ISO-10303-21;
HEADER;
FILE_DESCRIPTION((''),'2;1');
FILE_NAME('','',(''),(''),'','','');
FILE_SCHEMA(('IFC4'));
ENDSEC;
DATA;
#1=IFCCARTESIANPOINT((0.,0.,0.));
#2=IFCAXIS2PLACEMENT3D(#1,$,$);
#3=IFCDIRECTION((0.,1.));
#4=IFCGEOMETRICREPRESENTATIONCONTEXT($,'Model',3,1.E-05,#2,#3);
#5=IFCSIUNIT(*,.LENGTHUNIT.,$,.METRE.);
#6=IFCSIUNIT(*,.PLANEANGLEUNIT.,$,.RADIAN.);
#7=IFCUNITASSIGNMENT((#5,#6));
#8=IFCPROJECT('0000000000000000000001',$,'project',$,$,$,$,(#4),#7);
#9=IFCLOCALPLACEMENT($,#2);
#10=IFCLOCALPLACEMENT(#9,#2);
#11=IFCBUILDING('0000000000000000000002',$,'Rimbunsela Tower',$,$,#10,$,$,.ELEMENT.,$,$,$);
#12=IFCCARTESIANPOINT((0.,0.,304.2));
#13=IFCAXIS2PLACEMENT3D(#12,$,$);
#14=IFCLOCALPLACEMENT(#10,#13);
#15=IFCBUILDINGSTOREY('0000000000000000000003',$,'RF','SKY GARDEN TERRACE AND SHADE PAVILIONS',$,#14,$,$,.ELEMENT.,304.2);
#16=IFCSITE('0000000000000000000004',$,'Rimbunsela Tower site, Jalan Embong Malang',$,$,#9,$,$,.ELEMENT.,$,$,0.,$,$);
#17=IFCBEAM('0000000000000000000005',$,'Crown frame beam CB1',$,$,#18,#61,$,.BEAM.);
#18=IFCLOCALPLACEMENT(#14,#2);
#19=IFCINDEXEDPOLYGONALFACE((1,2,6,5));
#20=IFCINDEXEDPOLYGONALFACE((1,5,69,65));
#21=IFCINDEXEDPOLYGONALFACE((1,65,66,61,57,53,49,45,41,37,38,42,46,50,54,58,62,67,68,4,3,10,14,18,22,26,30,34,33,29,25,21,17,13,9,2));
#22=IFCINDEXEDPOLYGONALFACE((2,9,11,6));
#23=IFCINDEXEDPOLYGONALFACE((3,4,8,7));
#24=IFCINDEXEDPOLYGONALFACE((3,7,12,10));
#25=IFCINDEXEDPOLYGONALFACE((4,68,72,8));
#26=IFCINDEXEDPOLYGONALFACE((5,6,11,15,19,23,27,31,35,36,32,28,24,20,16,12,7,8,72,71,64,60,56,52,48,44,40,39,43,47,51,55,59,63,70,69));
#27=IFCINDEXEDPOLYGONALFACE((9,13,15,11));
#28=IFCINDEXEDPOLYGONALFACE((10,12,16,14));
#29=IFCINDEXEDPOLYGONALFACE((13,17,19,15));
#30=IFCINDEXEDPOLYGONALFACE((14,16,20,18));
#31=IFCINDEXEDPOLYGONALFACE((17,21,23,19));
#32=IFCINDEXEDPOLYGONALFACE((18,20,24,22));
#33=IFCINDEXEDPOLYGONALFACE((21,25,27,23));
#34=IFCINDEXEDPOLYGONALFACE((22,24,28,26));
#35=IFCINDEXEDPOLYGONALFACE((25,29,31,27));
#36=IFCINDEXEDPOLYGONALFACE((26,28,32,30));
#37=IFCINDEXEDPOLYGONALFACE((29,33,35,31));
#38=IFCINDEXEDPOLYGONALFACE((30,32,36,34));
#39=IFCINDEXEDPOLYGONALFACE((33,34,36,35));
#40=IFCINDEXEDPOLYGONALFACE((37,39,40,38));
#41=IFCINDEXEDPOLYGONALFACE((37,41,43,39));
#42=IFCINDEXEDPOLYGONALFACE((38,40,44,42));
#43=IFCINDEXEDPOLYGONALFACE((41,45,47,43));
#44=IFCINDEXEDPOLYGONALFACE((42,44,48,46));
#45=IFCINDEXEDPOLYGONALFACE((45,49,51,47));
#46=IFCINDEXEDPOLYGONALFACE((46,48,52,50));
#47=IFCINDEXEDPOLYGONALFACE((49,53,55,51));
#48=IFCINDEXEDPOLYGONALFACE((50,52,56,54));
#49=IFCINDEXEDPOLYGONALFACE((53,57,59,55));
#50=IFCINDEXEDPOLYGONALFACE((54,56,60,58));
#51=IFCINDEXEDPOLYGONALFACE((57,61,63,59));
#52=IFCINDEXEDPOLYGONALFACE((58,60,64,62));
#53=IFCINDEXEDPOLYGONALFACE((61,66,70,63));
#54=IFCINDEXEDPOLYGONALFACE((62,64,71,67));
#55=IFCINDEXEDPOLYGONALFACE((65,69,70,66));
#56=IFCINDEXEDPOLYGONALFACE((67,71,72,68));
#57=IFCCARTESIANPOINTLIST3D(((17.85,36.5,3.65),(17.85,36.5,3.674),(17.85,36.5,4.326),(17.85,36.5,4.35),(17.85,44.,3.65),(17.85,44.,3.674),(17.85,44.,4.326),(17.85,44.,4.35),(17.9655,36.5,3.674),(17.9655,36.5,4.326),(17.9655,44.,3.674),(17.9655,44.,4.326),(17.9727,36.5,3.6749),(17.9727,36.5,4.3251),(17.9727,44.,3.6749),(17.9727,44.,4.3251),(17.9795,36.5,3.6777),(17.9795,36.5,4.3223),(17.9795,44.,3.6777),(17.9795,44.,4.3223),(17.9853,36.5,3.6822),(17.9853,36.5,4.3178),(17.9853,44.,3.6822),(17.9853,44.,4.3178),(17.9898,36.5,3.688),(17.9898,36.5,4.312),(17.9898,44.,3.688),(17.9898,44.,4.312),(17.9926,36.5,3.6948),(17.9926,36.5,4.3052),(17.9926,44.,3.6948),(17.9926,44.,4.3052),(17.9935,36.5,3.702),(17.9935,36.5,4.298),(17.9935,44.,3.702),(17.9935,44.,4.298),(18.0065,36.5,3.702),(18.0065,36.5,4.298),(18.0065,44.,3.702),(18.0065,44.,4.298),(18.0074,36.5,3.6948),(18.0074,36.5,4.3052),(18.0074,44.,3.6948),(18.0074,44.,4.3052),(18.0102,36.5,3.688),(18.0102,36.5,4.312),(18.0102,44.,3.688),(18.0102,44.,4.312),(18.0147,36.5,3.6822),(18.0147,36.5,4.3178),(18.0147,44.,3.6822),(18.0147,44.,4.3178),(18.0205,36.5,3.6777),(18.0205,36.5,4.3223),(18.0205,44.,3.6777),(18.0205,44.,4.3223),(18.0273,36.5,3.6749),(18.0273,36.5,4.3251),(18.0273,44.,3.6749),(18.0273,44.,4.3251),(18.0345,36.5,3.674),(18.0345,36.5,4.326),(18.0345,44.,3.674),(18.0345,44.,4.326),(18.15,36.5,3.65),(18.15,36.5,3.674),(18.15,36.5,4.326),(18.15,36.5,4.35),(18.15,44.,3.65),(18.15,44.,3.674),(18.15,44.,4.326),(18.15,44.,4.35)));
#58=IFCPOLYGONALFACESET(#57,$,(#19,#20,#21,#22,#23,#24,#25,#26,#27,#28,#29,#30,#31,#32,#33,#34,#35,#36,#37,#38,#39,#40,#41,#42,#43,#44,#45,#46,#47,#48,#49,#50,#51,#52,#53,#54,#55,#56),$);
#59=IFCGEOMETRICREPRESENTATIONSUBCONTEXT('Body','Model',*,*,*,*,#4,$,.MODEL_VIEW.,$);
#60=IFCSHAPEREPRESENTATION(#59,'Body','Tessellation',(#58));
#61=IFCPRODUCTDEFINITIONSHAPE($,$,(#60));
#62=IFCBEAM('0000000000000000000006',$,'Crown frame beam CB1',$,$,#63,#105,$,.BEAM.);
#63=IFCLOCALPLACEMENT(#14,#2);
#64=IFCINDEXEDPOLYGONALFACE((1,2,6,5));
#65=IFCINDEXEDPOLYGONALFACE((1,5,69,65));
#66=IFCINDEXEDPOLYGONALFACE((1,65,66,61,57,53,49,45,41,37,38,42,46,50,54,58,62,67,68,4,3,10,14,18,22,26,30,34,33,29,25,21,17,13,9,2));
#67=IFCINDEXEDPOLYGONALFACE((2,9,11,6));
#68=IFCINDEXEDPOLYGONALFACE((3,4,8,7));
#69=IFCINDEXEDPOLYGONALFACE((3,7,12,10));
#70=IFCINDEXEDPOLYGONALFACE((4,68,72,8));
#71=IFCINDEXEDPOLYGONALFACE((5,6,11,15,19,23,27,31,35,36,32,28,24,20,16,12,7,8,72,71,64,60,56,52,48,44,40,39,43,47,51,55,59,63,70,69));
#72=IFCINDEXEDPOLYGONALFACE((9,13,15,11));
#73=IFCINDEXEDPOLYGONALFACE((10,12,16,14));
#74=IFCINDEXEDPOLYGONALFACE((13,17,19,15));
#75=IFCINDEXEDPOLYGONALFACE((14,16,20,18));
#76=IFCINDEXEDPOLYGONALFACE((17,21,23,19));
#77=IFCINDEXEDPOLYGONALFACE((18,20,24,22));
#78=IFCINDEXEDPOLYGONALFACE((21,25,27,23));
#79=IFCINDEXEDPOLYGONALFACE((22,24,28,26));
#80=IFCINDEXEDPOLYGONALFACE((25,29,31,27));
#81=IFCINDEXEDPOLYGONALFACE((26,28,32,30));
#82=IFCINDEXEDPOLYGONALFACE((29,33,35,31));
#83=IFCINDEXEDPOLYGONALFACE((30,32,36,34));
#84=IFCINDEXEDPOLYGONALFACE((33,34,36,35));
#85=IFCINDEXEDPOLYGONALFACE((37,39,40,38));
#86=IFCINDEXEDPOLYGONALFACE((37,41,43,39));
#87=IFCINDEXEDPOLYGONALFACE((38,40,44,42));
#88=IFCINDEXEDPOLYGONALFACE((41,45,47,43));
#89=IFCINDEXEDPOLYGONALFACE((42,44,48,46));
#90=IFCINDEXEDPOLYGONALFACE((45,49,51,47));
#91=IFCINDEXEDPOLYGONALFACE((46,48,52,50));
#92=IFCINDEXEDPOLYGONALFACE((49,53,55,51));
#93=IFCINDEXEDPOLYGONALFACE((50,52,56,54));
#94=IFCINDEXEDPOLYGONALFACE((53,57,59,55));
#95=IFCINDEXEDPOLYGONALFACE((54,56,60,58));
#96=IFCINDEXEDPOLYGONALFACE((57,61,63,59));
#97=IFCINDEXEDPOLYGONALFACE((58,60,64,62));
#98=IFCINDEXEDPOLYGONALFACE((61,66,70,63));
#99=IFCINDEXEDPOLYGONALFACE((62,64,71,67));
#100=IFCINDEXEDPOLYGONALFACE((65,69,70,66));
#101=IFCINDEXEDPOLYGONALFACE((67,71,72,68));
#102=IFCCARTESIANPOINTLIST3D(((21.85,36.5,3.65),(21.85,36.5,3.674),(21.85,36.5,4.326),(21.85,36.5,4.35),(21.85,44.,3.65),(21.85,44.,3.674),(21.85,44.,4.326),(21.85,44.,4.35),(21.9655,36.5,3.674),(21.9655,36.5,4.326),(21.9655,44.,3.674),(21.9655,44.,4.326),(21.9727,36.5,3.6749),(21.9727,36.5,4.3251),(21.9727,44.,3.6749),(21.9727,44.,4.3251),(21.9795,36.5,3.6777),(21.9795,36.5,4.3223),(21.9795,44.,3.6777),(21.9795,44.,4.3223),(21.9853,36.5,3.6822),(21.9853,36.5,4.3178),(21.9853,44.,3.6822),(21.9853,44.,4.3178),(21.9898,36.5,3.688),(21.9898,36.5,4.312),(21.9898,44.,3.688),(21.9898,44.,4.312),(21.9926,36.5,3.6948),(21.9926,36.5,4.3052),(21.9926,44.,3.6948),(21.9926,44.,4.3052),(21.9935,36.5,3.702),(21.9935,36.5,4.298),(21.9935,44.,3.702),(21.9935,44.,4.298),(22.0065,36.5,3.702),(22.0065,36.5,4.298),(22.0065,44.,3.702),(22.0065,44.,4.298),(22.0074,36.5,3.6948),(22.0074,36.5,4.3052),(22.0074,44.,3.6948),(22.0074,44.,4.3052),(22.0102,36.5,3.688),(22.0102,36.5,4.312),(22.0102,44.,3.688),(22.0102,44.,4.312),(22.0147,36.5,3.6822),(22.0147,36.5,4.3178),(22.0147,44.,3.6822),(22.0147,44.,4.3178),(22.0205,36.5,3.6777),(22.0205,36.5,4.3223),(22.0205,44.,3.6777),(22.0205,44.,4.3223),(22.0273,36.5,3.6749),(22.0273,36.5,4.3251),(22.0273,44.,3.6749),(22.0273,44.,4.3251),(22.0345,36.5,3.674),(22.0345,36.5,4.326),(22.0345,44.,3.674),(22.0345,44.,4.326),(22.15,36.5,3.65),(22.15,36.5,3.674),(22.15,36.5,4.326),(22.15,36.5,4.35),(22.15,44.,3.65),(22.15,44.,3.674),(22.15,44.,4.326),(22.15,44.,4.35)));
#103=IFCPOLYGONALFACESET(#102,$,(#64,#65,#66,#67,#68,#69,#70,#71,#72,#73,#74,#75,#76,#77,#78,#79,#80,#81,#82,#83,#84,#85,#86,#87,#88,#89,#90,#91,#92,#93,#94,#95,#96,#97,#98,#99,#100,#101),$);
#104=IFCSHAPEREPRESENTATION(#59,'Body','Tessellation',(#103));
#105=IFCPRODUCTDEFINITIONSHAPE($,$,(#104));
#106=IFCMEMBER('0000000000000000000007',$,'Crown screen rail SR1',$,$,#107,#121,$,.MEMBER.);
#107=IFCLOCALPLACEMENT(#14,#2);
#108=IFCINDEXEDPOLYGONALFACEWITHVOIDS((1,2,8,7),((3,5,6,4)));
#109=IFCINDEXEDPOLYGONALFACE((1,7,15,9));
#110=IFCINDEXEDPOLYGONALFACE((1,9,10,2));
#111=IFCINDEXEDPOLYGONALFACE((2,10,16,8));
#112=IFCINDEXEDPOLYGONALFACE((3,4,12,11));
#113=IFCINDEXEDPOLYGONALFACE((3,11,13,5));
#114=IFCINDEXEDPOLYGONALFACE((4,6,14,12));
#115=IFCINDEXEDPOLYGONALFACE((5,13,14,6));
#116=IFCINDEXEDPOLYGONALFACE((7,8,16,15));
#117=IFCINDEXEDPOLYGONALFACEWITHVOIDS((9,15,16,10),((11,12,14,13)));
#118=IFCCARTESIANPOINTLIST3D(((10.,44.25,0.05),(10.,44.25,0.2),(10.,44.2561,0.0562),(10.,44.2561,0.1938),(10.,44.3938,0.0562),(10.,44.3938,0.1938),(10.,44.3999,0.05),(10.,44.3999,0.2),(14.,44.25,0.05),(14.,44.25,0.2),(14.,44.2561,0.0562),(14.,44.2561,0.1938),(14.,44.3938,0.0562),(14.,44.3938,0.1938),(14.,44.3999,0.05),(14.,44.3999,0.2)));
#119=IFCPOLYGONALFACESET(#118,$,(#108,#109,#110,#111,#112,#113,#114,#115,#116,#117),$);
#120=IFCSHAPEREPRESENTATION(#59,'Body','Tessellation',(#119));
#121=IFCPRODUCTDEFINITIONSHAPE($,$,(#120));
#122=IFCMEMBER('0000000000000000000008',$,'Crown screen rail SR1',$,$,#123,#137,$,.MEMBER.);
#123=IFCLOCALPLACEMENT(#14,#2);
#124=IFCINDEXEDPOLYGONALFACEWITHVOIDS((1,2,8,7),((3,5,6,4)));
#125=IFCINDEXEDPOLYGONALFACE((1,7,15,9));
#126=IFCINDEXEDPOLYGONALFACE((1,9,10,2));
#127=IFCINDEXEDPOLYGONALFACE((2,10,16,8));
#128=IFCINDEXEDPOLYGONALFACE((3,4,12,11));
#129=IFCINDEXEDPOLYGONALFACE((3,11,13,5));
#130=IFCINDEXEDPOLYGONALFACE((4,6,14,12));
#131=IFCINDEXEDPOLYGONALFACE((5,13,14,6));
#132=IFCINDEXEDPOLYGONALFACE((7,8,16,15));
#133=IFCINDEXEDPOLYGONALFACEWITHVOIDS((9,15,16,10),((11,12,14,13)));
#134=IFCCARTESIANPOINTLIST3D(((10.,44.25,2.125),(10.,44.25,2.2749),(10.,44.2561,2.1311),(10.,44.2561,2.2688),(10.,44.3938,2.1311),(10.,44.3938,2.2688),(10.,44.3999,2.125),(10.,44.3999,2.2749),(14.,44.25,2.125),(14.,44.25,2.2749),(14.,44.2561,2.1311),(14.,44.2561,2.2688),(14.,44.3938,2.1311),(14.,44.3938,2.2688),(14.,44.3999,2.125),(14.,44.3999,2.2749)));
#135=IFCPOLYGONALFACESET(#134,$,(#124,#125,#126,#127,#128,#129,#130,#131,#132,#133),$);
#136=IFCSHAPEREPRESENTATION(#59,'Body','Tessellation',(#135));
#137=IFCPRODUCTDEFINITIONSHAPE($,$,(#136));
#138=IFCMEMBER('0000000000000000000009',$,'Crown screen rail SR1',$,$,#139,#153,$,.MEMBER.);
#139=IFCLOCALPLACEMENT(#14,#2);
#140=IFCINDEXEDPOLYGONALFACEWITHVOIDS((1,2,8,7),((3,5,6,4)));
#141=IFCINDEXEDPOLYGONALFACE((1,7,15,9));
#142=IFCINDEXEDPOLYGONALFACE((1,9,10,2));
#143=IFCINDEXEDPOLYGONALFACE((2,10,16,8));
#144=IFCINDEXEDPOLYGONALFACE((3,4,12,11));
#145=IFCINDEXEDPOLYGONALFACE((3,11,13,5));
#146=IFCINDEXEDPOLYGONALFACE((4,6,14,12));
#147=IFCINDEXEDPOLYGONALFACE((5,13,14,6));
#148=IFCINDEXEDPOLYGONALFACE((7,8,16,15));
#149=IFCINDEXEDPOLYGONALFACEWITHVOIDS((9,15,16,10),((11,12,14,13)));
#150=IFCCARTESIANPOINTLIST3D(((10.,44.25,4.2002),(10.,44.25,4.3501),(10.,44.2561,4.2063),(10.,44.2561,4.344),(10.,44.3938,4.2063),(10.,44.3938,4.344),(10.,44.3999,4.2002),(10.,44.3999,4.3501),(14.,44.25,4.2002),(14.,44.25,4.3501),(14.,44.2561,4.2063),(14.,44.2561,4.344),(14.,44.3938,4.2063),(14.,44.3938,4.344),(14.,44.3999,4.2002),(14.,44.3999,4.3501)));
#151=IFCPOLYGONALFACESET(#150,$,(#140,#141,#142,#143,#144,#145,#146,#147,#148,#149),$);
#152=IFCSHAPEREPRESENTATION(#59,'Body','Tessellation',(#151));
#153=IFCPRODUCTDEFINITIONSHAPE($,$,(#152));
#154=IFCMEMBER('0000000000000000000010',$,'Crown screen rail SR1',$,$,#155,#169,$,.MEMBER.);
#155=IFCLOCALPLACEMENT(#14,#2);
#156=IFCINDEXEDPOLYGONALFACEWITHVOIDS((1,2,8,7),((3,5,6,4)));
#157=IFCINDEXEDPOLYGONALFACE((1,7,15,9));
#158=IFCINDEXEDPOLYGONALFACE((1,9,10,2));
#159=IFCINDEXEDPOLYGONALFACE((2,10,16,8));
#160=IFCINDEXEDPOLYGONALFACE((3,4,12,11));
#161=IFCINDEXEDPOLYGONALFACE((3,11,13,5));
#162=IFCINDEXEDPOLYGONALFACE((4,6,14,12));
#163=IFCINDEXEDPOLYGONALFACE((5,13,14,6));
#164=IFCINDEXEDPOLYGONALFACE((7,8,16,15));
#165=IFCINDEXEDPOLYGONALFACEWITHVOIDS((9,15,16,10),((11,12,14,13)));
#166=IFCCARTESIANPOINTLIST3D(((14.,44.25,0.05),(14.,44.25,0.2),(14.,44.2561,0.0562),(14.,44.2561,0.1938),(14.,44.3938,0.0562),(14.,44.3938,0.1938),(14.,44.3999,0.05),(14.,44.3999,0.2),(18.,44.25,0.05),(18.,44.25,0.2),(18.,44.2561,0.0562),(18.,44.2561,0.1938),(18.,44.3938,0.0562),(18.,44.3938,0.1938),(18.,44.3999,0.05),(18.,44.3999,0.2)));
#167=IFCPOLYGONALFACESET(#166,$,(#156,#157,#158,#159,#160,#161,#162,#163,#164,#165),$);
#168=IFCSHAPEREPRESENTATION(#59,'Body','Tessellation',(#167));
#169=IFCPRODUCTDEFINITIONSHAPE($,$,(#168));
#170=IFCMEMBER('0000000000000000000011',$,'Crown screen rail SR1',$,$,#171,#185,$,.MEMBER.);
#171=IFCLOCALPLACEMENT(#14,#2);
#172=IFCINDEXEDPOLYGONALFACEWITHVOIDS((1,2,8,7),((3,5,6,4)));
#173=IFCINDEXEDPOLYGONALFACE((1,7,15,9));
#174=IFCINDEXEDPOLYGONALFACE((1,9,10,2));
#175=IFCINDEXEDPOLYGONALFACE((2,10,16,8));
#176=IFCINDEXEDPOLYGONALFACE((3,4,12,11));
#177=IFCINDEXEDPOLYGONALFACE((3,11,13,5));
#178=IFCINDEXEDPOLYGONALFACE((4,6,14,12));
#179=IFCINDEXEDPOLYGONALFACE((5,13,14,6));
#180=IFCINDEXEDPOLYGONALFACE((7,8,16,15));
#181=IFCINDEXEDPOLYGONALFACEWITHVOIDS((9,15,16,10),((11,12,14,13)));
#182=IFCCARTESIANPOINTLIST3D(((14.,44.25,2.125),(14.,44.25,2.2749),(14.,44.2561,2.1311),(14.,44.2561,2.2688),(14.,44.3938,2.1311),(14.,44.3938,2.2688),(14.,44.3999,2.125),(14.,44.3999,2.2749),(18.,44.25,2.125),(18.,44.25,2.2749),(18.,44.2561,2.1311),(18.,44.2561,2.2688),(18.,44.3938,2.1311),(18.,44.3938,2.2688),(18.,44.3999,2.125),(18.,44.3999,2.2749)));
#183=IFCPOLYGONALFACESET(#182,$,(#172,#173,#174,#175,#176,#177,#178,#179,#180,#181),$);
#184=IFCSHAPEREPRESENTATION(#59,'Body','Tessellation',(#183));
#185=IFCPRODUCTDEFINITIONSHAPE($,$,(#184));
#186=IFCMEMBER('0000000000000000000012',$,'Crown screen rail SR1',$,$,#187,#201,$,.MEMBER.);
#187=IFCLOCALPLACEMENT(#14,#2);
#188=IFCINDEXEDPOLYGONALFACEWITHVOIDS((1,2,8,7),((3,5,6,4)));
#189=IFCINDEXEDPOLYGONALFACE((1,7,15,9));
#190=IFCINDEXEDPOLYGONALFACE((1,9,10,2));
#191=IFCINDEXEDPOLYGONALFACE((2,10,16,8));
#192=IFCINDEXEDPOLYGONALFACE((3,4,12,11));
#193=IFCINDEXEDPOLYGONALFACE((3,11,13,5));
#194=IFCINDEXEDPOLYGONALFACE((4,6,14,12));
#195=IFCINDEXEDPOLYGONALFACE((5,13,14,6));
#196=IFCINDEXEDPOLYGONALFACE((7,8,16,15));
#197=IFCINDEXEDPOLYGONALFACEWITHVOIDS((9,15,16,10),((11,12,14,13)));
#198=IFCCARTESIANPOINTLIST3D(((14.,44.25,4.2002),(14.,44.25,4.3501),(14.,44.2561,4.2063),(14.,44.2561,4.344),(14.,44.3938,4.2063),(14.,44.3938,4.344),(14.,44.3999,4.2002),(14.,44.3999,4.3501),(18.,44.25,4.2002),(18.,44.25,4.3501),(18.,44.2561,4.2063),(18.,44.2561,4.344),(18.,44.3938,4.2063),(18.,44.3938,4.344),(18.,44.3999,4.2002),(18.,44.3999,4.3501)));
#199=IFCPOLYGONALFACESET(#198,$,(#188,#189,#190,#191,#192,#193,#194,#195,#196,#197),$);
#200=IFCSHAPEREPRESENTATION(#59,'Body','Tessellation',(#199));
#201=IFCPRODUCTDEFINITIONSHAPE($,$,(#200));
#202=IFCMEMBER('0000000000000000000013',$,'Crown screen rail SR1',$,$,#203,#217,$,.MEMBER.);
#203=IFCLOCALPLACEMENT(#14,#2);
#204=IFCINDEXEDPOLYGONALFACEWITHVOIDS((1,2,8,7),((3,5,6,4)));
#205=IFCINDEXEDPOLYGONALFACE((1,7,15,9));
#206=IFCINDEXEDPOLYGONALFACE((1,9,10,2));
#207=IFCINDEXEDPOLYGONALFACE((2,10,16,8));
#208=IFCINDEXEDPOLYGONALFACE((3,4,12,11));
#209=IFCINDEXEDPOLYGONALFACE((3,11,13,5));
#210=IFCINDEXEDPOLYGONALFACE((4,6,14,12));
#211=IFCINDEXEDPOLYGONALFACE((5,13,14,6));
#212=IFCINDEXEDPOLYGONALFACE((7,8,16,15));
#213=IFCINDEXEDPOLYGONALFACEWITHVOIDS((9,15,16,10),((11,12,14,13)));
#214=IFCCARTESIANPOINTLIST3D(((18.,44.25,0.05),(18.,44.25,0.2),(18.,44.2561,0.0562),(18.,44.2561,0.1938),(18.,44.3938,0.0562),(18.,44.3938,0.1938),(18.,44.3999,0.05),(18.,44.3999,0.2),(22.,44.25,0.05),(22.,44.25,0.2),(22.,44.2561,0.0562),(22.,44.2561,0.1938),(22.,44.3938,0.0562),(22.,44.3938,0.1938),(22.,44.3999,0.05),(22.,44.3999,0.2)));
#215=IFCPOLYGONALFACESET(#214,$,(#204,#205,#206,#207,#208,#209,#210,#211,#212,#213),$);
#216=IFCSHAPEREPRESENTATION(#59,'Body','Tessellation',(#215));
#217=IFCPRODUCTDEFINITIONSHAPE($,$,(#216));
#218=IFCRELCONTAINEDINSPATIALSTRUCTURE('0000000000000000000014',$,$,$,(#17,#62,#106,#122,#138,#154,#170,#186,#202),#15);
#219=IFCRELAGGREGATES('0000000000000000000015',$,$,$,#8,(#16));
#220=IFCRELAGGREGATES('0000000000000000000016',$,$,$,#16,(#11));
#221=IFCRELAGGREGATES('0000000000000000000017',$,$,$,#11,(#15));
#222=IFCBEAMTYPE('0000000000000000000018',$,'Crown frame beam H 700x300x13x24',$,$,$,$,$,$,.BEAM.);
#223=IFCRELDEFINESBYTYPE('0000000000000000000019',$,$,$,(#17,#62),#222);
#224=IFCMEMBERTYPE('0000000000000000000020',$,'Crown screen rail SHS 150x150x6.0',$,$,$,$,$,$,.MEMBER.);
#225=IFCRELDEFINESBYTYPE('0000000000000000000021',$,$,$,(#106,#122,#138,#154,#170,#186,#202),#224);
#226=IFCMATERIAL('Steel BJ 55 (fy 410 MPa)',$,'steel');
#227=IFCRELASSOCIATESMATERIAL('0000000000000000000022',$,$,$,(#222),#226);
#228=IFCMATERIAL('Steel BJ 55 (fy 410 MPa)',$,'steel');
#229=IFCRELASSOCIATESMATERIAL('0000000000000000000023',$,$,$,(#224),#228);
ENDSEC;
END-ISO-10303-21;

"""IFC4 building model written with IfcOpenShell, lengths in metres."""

from ifc_helpers import new_model, si_unit, direction, frame, origin, origin_2d, place, context, subcontext, project, spatial, hollow_rectangle, i_section, extrude, material, material_profile, profile_set, type_object, element, save


model = new_model("IFC4")

# Units and contexts
model_context = context("Model", 3, precision=1e-05, world=origin(), true_north=direction((0.0, 1.0)))
body_context = subcontext(model_context, "Body", "Model", "MODEL_VIEW")
ifc_project = project(units=[si_unit("LENGTHUNIT", "METRE"), si_unit("PLANEANGLEUNIT", "RADIAN")], contexts=[model_context])

# Site, building, storey
site_placement = place(None, origin())
site = spatial("IfcSite", under=ifc_project, at=site_placement, Name="Rimbunsela Tower site, Jalan Embong Malang", CompositionType="ELEMENT", RefElevation=0.0)
building_placement = place(site_placement, origin())
building = spatial("IfcBuilding", under=site, at=building_placement, Name="Rimbunsela Tower", CompositionType="ELEMENT")
storey_placement = place(building_placement, frame((0.0, 0.0, 304.2)))
storey = spatial("IfcBuildingStorey", under=building, at=storey_placement, Name="RF", Description="SKY GARDEN TERRACE AND SHADE PAVILIONS", CompositionType="ELEMENT", Elevation=304.2)

# Beams
ifc_material_1 = material(Name="Steel BJ 55 (fy 410 MPa)", Category="steel")
ifc_material_profile_1 = material_profile(ifc_material_1, i_section(OverallWidth=0.3, OverallDepth=0.7, WebThickness=0.0129, FlangeThickness=0.0239, FilletRadius=0.0281, at=origin_2d()), Name="H 700x300x13x24")
ifc_profile_set_1 = profile_set([ifc_material_profile_1], Name="Steel BJ 55 (fy 410 MPa)")
beam_type_1 = type_object("IfcBeamType", Name="Crown frame beam H 700x300x13x24", PredefinedType="BEAM", material=ifc_profile_set_1)
for number, where, z_axis, x_axis, name in (
    (1, (18.0, 44.0, 4.0), (0.0, -1.0, 0.0), (1.0, 0.0, 0.0), "Crown frame beam CB1"),
    (2, (22.0, 44.0, 4.0), (0.0, -1.0, 0.0), (1.0, 0.0, 0.0), "Crown frame beam CB1"),
):
    element("IfcBeam", number, at=place(storey_placement, frame(where, z_axis=z_axis, x_axis=x_axis)), inside=storey, type_object=beam_type_1, Name=name, PredefinedType="BEAM", context=body_context, shape_type="SweptSolid", body=[
        extrude(i_section(OverallWidth=0.3, OverallDepth=0.7, WebThickness=0.0129, FlangeThickness=0.0239, FilletRadius=0.0281, at=origin_2d()), origin(), (0.0, 0.0, 1.0), 7.5),
    ])

# Members
ifc_material_2 = material(Name="Steel BJ 55 (fy 410 MPa)", Category="steel")
ifc_material_profile_2 = material_profile(ifc_material_2, hollow_rectangle(XDim=0.1499, YDim=0.1499, WallThickness=0.0061, at=origin_2d()), Name="SHS 150x150x6.0")
ifc_profile_set_2 = profile_set([ifc_material_profile_2], Name="Steel BJ 55 (fy 410 MPa)")
member_type = type_object("IfcMemberType", Name="Crown screen rail SHS 150x150x6.0", PredefinedType="MEMBER", material=ifc_profile_set_2)
for number, where, z_axis, x_axis, name in (
    (3, (10.0, 44.325, 0.125), (1.0, 0.0, 0.0), (0.0, 1.0, 0.0), "Crown screen rail SR1"),
    (4, (10.0, 44.325, 2.2), (1.0, 0.0, 0.0), (0.0, 1.0, 0.0), "Crown screen rail SR1"),
    (5, (10.0, 44.325, 4.2751), (1.0, 0.0, 0.0), (0.0, 1.0, 0.0), "Crown screen rail SR1"),
    (6, (14.0, 44.325, 0.125), (1.0, 0.0, 0.0), (0.0, 1.0, 0.0), "Crown screen rail SR1"),
    (7, (14.0, 44.325, 2.2), (1.0, 0.0, 0.0), (0.0, 1.0, 0.0), "Crown screen rail SR1"),
    (8, (14.0, 44.325, 4.2751), (1.0, 0.0, 0.0), (0.0, 1.0, 0.0), "Crown screen rail SR1"),
    (9, (18.0, 44.325, 0.125), (1.0, 0.0, 0.0), (0.0, 1.0, 0.0), "Crown screen rail SR1"),
):
    element("IfcMember", number, at=place(storey_placement, frame(where, z_axis=z_axis, x_axis=x_axis)), inside=storey, type_object=member_type, Name=name, PredefinedType="MEMBER", context=body_context, shape_type="SweptSolid", body=[
        extrude(hollow_rectangle(XDim=0.1499, YDim=0.1499, WallThickness=0.0061, at=origin_2d()), origin(), (0.0, 0.0, 1.0), 4.0),
    ])

save(model, "model.ifc")
